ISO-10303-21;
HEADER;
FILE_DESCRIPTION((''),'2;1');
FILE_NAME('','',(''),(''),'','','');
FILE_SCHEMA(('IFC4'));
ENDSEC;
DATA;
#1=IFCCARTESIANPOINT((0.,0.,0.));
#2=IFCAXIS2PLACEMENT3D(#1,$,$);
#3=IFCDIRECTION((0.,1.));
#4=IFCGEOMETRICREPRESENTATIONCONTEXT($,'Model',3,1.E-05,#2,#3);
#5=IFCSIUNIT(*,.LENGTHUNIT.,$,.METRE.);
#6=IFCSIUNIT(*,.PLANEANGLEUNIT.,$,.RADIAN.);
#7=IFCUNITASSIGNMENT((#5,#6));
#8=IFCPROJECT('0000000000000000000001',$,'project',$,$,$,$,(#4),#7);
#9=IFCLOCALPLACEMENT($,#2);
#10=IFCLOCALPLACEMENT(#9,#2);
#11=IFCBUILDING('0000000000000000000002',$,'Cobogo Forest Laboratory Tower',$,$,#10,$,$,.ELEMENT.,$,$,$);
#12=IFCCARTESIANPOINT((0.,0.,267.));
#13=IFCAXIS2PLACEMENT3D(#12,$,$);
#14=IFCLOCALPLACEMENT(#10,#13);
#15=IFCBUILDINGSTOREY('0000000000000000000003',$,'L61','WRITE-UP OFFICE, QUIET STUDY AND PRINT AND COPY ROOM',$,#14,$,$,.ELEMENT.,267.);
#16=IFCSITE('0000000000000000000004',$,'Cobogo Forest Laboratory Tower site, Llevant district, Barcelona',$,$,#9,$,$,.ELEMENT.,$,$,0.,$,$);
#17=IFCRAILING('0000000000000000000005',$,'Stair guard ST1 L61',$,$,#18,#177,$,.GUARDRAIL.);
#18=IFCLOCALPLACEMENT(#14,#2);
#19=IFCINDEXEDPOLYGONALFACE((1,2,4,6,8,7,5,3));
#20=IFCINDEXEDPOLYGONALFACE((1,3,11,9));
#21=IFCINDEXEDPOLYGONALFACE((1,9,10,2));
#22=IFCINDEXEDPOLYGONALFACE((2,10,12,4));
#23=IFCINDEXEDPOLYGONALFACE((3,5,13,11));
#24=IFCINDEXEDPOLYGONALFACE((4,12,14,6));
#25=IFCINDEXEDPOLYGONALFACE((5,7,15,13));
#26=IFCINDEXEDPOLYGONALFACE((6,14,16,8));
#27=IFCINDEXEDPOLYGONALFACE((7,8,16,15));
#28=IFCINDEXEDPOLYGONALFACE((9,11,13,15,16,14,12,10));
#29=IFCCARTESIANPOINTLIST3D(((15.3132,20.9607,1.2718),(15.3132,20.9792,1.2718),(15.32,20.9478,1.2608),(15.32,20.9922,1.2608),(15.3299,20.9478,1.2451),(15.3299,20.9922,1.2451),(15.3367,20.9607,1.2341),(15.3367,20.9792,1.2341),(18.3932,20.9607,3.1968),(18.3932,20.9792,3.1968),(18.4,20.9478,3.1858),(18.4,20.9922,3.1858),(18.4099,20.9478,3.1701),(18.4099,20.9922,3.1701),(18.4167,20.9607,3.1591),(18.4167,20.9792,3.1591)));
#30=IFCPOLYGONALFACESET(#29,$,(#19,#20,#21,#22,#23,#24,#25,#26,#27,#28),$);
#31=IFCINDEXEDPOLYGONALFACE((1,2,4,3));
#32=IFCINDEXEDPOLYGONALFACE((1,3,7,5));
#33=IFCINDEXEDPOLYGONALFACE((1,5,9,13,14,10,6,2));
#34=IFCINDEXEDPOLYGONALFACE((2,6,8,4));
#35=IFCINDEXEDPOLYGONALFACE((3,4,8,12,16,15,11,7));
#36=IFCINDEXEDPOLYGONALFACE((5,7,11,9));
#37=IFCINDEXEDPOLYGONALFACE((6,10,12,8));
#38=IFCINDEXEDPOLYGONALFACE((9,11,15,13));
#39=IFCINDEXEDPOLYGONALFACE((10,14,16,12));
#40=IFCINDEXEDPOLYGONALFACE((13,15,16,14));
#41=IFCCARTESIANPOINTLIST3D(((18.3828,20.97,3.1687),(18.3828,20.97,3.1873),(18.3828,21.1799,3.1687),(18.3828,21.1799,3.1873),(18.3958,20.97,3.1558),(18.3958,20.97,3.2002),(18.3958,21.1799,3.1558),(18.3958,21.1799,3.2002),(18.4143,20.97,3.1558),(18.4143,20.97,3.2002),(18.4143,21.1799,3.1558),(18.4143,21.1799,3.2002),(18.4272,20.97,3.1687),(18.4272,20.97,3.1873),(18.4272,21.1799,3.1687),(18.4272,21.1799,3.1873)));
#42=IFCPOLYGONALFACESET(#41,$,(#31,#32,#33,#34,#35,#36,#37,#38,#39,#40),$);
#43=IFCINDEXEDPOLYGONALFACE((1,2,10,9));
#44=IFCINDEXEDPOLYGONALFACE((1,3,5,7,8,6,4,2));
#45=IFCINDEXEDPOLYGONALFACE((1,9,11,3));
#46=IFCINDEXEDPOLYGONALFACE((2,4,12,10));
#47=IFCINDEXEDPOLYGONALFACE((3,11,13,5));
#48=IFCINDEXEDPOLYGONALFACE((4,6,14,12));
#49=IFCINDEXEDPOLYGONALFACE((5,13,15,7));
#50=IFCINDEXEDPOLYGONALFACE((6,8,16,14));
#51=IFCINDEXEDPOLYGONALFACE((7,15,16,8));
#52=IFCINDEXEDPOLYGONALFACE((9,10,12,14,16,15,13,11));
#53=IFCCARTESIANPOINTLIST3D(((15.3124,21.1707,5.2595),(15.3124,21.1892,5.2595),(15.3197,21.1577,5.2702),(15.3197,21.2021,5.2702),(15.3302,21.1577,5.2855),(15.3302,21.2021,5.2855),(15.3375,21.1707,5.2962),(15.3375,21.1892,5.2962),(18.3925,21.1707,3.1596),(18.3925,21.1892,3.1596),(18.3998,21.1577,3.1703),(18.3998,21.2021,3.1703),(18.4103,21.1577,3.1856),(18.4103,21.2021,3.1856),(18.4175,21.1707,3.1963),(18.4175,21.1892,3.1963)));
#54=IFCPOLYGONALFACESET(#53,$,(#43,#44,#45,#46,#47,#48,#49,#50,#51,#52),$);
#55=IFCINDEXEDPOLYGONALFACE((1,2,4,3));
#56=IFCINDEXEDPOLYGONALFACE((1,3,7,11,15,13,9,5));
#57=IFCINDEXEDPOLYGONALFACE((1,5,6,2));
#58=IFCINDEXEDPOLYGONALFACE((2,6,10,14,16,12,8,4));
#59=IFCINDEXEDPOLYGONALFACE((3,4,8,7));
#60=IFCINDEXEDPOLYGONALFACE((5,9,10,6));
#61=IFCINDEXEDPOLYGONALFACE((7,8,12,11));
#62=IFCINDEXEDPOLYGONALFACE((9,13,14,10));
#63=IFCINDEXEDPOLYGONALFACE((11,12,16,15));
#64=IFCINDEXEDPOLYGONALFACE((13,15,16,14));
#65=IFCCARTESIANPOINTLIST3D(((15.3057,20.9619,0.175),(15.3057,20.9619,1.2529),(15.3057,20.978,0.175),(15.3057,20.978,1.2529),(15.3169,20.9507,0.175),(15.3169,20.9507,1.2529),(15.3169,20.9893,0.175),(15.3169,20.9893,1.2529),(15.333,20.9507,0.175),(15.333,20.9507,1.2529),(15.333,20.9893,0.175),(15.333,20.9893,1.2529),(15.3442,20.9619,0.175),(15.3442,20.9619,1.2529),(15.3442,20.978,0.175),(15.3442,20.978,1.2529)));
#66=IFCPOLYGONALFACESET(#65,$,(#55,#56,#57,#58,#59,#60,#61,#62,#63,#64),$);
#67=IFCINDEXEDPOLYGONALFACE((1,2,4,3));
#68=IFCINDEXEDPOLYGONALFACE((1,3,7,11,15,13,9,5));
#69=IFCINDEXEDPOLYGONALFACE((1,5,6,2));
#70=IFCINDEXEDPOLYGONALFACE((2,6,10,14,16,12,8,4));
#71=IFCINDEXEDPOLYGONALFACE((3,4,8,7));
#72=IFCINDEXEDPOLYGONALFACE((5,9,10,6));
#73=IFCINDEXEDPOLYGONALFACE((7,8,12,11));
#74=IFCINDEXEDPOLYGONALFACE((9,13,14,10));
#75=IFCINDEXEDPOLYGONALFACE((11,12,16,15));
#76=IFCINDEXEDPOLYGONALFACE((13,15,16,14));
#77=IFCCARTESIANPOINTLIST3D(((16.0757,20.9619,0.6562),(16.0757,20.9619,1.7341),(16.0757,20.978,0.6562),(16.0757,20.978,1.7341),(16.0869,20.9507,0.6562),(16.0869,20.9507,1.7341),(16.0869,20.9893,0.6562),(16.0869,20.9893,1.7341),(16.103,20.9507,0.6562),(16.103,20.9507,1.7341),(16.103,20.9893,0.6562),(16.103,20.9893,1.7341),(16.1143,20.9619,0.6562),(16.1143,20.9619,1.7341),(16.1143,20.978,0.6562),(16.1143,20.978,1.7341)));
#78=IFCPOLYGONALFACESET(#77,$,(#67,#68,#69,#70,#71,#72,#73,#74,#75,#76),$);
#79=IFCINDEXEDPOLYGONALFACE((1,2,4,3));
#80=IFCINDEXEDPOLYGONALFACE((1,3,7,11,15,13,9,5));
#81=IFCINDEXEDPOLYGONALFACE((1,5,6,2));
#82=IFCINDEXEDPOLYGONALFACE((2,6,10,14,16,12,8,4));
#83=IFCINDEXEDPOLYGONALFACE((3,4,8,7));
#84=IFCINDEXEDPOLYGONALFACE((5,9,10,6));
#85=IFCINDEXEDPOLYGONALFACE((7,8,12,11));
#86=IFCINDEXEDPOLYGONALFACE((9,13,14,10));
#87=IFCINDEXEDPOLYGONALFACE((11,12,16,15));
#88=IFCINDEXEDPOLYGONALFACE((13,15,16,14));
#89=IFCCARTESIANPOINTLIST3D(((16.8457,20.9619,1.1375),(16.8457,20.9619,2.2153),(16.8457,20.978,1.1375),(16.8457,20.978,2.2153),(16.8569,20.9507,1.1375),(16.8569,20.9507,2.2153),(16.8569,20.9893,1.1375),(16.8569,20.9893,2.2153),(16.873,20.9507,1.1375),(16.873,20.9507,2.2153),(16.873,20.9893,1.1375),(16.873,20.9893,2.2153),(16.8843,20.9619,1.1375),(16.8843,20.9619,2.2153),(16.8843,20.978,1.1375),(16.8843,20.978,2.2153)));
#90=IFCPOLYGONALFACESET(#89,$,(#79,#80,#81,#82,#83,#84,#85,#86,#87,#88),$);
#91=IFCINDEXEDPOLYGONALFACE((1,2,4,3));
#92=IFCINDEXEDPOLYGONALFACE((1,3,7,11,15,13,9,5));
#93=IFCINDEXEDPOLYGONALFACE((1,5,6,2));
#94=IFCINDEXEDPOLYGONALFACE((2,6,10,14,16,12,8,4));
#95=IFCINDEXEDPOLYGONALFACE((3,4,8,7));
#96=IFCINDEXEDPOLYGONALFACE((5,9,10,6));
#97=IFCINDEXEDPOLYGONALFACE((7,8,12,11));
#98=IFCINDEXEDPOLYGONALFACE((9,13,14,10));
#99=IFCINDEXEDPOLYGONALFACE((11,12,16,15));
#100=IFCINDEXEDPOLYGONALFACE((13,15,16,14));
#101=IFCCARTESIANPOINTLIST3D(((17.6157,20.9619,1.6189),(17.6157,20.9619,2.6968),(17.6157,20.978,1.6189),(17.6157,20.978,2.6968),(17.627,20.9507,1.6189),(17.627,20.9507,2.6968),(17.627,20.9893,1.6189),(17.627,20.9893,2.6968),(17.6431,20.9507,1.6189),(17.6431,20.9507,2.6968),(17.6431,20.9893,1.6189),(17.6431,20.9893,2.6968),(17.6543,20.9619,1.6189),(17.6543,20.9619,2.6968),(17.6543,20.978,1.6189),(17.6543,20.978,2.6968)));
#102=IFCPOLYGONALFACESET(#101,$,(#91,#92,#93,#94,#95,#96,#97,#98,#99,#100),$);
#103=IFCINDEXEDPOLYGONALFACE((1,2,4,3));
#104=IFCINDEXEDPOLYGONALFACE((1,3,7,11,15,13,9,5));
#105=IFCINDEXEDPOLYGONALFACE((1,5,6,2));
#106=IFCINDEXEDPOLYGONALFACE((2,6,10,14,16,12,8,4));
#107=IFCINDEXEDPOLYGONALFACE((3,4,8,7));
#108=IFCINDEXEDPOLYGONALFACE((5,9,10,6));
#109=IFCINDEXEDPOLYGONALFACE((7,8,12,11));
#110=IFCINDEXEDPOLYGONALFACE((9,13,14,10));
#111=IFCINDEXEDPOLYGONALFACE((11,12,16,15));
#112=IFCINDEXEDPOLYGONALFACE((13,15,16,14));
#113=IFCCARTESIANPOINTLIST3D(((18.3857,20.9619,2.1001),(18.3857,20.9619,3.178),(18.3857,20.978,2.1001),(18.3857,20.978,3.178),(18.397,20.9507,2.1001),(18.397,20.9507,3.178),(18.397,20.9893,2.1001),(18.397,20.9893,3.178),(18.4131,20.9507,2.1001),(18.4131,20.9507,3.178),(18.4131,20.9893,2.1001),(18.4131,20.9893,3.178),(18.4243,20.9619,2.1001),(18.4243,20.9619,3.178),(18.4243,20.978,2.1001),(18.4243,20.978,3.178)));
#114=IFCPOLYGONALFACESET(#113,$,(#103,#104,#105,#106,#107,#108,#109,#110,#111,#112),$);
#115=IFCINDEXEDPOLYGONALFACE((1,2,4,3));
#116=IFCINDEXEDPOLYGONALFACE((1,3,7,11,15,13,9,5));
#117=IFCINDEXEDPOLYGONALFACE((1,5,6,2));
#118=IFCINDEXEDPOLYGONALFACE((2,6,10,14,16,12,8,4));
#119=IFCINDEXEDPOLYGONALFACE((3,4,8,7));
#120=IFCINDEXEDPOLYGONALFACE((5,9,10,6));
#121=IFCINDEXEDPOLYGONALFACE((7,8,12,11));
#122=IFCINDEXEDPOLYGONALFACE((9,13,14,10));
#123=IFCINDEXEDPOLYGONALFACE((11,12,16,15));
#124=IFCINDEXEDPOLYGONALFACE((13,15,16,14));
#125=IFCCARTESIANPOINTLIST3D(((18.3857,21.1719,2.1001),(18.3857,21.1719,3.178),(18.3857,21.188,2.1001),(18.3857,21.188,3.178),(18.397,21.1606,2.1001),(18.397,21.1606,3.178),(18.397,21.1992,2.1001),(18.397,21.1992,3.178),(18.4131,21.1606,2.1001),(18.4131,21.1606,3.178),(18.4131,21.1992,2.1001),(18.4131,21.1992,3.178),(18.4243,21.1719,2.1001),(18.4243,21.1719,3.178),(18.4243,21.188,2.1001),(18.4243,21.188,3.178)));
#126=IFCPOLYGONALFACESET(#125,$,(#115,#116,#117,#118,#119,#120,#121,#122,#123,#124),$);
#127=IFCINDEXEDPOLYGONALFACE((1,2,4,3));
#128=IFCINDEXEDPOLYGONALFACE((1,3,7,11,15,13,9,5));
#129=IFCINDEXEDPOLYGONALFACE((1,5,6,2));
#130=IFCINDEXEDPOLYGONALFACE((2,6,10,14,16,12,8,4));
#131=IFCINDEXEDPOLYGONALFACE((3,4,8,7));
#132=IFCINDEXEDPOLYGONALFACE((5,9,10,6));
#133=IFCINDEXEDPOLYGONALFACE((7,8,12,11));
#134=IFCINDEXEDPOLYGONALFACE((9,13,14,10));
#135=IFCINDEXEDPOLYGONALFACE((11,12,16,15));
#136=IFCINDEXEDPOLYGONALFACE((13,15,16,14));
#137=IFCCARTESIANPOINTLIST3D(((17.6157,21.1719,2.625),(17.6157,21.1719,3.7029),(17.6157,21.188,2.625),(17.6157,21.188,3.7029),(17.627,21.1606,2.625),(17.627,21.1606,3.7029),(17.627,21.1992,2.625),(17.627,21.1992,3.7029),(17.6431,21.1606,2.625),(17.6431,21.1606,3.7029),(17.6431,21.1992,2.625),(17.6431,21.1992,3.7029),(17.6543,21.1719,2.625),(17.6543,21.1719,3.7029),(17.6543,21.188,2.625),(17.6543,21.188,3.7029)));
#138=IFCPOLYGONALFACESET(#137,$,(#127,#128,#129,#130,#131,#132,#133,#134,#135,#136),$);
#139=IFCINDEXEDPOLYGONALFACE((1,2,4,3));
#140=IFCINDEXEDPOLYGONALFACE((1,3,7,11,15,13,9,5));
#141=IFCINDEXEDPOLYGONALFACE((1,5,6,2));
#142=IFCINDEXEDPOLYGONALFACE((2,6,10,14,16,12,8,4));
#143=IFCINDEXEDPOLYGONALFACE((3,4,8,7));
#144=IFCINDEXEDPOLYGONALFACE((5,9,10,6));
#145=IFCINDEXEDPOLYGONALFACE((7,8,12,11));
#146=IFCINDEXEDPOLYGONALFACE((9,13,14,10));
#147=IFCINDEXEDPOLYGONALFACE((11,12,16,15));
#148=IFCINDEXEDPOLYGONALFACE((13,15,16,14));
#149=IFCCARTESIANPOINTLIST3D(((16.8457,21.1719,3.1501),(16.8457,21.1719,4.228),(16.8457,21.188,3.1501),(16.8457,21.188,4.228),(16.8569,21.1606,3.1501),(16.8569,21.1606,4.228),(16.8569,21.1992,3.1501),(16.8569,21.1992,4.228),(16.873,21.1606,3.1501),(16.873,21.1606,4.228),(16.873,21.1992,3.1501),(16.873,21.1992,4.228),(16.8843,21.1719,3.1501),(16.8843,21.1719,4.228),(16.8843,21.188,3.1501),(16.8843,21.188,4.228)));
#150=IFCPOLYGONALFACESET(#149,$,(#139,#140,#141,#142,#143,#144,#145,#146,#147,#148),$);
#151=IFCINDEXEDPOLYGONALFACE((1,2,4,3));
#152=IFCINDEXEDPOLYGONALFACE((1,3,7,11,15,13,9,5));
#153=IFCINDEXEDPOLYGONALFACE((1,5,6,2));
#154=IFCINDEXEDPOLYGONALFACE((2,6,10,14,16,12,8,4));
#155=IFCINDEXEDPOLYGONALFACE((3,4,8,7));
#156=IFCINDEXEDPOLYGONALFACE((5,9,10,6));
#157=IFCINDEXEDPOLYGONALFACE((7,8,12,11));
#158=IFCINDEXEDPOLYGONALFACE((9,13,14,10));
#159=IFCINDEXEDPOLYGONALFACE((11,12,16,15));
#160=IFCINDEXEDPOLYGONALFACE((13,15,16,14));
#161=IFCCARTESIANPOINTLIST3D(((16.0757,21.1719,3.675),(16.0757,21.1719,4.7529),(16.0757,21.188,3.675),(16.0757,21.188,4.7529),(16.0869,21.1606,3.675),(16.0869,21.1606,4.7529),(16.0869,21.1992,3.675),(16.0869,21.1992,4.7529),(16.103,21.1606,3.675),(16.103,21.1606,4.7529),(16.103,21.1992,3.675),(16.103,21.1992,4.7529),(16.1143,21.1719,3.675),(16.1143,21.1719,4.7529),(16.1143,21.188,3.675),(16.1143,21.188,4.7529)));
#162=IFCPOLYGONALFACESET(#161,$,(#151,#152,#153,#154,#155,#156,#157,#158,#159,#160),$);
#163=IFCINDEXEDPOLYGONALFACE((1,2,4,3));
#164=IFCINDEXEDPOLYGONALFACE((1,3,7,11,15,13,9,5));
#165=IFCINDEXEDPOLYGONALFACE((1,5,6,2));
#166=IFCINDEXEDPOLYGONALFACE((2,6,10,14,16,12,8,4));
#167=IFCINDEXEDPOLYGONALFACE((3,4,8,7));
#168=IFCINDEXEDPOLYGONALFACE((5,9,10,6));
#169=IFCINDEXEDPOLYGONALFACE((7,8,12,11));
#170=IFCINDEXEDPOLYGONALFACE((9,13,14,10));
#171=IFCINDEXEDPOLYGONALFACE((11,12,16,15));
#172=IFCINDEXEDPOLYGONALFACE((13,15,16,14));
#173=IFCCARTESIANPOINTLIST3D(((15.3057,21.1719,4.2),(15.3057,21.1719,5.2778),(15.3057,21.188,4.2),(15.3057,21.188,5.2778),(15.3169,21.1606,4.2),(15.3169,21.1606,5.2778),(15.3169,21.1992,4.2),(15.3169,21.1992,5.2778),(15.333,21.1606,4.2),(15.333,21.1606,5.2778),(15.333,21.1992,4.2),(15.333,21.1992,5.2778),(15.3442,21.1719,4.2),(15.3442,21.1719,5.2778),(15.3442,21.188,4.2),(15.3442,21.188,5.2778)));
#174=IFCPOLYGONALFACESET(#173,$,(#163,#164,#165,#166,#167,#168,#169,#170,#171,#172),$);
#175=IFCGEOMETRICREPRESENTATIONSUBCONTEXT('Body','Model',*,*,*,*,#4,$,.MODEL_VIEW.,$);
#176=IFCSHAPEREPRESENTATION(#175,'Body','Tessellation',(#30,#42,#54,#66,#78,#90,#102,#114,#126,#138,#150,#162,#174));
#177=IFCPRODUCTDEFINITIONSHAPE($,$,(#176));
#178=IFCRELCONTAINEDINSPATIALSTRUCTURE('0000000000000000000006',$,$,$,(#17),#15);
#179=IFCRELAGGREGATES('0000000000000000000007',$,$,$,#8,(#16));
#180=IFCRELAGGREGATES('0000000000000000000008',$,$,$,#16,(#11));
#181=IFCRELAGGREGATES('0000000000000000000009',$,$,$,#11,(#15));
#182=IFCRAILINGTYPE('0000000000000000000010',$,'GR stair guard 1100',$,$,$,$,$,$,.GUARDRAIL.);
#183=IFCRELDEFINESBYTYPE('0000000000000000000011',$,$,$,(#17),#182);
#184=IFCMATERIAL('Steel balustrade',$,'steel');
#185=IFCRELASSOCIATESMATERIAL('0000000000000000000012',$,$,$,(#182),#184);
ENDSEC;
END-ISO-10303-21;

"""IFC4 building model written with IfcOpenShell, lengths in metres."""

from ifc_helpers import new_model, si_unit, direction, frame, origin, place, context, subcontext, project, spatial, polyline, outline, extrude, material, type_object, element, save


model = new_model("IFC4")

# Units and contexts
model_context = context("Model", 3, precision=1e-05, world=origin(), true_north=direction((0.0, 1.0)))
body_context = subcontext(model_context, "Body", "Model", "MODEL_VIEW")
ifc_project = project(units=[si_unit("LENGTHUNIT", "METRE"), si_unit("PLANEANGLEUNIT", "RADIAN")], contexts=[model_context])

# Site, building, storey
site_placement = place(None, origin())
site = spatial("IfcSite", under=ifc_project, at=site_placement, Name="Cobogo Forest Laboratory Tower site, Llevant district, Barcelona", CompositionType="ELEMENT", RefElevation=0.0)
building_placement = place(site_placement, origin())
building = spatial("IfcBuilding", under=site, at=building_placement, Name="Cobogo Forest Laboratory Tower", CompositionType="ELEMENT")
storey_placement = place(building_placement, frame((0.0, 0.0, 267.0)))
storey = spatial("IfcBuildingStorey", under=building, at=storey_placement, Name="L61", Description="WRITE-UP OFFICE, QUIET STUDY AND PRINT AND COPY ROOM", CompositionType="ELEMENT", Elevation=267.0)

# Railing
ifc_material_1 = material(Name="Steel balustrade", Category="steel")
railing_type_1 = type_object("IfcRailingType", Name="GR stair guard 1100", PredefinedType="GUARDRAIL", material=ifc_material_1)
railing_1_placement = place(storey_placement, frame((15.325, 20.97, 0.175)))
element("IfcRailing", 1, at=railing_1_placement, inside=storey, type_object=railing_type_1, Name="Stair guard ST1 L61", PredefinedType="GUARDRAIL", context=body_context, shape_type="SweptSolid", body=[
    extrude(outline(polyline([(0.0222, 0.0093), (0.0093, 0.0222), (-0.0093, 0.0222), (-0.0222, 0.0093), (-0.0222, -0.0093), (-0.0093, -0.0222), (0.0093, -0.0222), (0.0222, -0.0093), (0.0222, 0.0093)])), frame((0.0, 0.0, 1.0779), z_axis=(0.847998, 0.0, 0.529999), x_axis=(0.0, 1.0, 0.0)), (0.0, 0.0, 1.0), 3.6321),
    extrude(outline(polyline([(0.0222, 0.0093), (0.0093, 0.0222), (-0.0093, 0.0222), (-0.0222, 0.0093), (-0.0222, -0.0093), (-0.0093, -0.0222), (0.0093, -0.0222), (0.0222, -0.0093), (0.0222, 0.0093)])), frame((3.0801, 0.0, 3.0029), z_axis=(0.0, 1.0, 0.0), x_axis=(-1.0, 0.0, 0.0)), (0.0, 0.0, 1.0), 0.21),
    extrude(outline(polyline([(0.0222, 0.0093), (0.0093, 0.0222), (-0.0093, 0.0222), (-0.0222, 0.0093), (-0.0222, -0.0093), (-0.0093, -0.0222), (0.0093, -0.0222), (0.0222, -0.0093), (0.0222, 0.0093)])), frame((3.0801, 0.21, 3.0029), z_axis=(-0.826252, 0.0, 0.5633), x_axis=(0.0, -1.0, 0.0)), (0.0, 0.0, 1.0), 3.7278),
    extrude(outline(polyline([(0.0193, 0.0081), (0.0081, 0.0193), (-0.0081, 0.0193), (-0.0193, 0.0081), (-0.0193, -0.0081), (-0.0081, -0.0193), (0.0081, -0.0193), (0.0193, -0.0081), (0.0193, 0.0081)])), origin(), (0.0, 0.0, 1.0), 1.0779),
    extrude(outline(polyline([(0.0193, 0.0081), (0.0081, 0.0193), (-0.0081, 0.0193), (-0.0193, 0.0081), (-0.0193, -0.0081), (-0.0081, -0.0193), (0.0081, -0.0193), (0.0193, -0.0081), (0.0193, 0.0081)])), frame((0.77, 0.0, 0.4812)), (0.0, 0.0, 1.0), 1.0779),
    extrude(outline(polyline([(0.0193, 0.0081), (0.0081, 0.0193), (-0.0081, 0.0193), (-0.0193, 0.0081), (-0.0193, -0.0081), (-0.0081, -0.0193), (0.0081, -0.0193), (0.0193, -0.0081), (0.0193, 0.0081)])), frame((1.54, 0.0, 0.9624)), (0.0, 0.0, 1.0), 1.0779),
    extrude(outline(polyline([(0.0193, 0.0081), (0.0081, 0.0193), (-0.0081, 0.0193), (-0.0193, 0.0081), (-0.0193, -0.0081), (-0.0081, -0.0193), (0.0081, -0.0193), (0.0193, -0.0081), (0.0193, 0.0081)])), frame((2.3101, 0.0, 1.4438)), (0.0, 0.0, 1.0), 1.0779),
    extrude(outline(polyline([(0.0193, 0.0081), (0.0081, 0.0193), (-0.0081, 0.0193), (-0.0193, 0.0081), (-0.0193, -0.0081), (-0.0081, -0.0193), (0.0081, -0.0193), (0.0193, -0.0081), (0.0193, 0.0081)])), frame((3.0801, 0.0, 1.925)), (0.0, 0.0, 1.0), 1.0779),
    extrude(outline(polyline([(0.0193, 0.0081), (0.0081, 0.0193), (-0.0081, 0.0193), (-0.0193, 0.0081), (-0.0193, -0.0081), (-0.0081, -0.0193), (0.0081, -0.0193), (0.0193, -0.0081), (0.0193, 0.0081)])), frame((3.0801, 0.21, 1.925)), (0.0, 0.0, 1.0), 1.0779),
    extrude(outline(polyline([(0.0193, 0.0081), (0.0081, 0.0193), (-0.0081, 0.0193), (-0.0193, 0.0081), (-0.0193, -0.0081), (-0.0081, -0.0193), (0.0081, -0.0193), (0.0193, -0.0081), (0.0193, 0.0081)])), frame((2.3101, 0.21, 2.45)), (0.0, 0.0, 1.0), 1.0779),
    extrude(outline(polyline([(0.0193, 0.0081), (0.0081, 0.0193), (-0.0081, 0.0193), (-0.0193, 0.0081), (-0.0193, -0.0081), (-0.0081, -0.0193), (0.0081, -0.0193), (0.0193, -0.0081), (0.0193, 0.0081)])), frame((1.54, 0.21, 2.9751)), (0.0, 0.0, 1.0), 1.0779),
    extrude(outline(polyline([(0.0193, 0.0081), (0.0081, 0.0193), (-0.0081, 0.0193), (-0.0193, 0.0081), (-0.0193, -0.0081), (-0.0081, -0.0193), (0.0081, -0.0193), (0.0193, -0.0081), (0.0193, 0.0081)])), frame((0.77, 0.21, 3.5)), (0.0, 0.0, 1.0), 1.0779),
    extrude(outline(polyline([(0.0193, 0.0081), (0.0081, 0.0193), (-0.0081, 0.0193), (-0.0193, 0.0081), (-0.0193, -0.0081), (-0.0081, -0.0193), (0.0081, -0.0193), (0.0193, -0.0081), (0.0193, 0.0081)])), frame((0.0, 0.21, 4.0249)), (0.0, 0.0, 1.0), 1.0779),
])

save(model, "model.ifc")
